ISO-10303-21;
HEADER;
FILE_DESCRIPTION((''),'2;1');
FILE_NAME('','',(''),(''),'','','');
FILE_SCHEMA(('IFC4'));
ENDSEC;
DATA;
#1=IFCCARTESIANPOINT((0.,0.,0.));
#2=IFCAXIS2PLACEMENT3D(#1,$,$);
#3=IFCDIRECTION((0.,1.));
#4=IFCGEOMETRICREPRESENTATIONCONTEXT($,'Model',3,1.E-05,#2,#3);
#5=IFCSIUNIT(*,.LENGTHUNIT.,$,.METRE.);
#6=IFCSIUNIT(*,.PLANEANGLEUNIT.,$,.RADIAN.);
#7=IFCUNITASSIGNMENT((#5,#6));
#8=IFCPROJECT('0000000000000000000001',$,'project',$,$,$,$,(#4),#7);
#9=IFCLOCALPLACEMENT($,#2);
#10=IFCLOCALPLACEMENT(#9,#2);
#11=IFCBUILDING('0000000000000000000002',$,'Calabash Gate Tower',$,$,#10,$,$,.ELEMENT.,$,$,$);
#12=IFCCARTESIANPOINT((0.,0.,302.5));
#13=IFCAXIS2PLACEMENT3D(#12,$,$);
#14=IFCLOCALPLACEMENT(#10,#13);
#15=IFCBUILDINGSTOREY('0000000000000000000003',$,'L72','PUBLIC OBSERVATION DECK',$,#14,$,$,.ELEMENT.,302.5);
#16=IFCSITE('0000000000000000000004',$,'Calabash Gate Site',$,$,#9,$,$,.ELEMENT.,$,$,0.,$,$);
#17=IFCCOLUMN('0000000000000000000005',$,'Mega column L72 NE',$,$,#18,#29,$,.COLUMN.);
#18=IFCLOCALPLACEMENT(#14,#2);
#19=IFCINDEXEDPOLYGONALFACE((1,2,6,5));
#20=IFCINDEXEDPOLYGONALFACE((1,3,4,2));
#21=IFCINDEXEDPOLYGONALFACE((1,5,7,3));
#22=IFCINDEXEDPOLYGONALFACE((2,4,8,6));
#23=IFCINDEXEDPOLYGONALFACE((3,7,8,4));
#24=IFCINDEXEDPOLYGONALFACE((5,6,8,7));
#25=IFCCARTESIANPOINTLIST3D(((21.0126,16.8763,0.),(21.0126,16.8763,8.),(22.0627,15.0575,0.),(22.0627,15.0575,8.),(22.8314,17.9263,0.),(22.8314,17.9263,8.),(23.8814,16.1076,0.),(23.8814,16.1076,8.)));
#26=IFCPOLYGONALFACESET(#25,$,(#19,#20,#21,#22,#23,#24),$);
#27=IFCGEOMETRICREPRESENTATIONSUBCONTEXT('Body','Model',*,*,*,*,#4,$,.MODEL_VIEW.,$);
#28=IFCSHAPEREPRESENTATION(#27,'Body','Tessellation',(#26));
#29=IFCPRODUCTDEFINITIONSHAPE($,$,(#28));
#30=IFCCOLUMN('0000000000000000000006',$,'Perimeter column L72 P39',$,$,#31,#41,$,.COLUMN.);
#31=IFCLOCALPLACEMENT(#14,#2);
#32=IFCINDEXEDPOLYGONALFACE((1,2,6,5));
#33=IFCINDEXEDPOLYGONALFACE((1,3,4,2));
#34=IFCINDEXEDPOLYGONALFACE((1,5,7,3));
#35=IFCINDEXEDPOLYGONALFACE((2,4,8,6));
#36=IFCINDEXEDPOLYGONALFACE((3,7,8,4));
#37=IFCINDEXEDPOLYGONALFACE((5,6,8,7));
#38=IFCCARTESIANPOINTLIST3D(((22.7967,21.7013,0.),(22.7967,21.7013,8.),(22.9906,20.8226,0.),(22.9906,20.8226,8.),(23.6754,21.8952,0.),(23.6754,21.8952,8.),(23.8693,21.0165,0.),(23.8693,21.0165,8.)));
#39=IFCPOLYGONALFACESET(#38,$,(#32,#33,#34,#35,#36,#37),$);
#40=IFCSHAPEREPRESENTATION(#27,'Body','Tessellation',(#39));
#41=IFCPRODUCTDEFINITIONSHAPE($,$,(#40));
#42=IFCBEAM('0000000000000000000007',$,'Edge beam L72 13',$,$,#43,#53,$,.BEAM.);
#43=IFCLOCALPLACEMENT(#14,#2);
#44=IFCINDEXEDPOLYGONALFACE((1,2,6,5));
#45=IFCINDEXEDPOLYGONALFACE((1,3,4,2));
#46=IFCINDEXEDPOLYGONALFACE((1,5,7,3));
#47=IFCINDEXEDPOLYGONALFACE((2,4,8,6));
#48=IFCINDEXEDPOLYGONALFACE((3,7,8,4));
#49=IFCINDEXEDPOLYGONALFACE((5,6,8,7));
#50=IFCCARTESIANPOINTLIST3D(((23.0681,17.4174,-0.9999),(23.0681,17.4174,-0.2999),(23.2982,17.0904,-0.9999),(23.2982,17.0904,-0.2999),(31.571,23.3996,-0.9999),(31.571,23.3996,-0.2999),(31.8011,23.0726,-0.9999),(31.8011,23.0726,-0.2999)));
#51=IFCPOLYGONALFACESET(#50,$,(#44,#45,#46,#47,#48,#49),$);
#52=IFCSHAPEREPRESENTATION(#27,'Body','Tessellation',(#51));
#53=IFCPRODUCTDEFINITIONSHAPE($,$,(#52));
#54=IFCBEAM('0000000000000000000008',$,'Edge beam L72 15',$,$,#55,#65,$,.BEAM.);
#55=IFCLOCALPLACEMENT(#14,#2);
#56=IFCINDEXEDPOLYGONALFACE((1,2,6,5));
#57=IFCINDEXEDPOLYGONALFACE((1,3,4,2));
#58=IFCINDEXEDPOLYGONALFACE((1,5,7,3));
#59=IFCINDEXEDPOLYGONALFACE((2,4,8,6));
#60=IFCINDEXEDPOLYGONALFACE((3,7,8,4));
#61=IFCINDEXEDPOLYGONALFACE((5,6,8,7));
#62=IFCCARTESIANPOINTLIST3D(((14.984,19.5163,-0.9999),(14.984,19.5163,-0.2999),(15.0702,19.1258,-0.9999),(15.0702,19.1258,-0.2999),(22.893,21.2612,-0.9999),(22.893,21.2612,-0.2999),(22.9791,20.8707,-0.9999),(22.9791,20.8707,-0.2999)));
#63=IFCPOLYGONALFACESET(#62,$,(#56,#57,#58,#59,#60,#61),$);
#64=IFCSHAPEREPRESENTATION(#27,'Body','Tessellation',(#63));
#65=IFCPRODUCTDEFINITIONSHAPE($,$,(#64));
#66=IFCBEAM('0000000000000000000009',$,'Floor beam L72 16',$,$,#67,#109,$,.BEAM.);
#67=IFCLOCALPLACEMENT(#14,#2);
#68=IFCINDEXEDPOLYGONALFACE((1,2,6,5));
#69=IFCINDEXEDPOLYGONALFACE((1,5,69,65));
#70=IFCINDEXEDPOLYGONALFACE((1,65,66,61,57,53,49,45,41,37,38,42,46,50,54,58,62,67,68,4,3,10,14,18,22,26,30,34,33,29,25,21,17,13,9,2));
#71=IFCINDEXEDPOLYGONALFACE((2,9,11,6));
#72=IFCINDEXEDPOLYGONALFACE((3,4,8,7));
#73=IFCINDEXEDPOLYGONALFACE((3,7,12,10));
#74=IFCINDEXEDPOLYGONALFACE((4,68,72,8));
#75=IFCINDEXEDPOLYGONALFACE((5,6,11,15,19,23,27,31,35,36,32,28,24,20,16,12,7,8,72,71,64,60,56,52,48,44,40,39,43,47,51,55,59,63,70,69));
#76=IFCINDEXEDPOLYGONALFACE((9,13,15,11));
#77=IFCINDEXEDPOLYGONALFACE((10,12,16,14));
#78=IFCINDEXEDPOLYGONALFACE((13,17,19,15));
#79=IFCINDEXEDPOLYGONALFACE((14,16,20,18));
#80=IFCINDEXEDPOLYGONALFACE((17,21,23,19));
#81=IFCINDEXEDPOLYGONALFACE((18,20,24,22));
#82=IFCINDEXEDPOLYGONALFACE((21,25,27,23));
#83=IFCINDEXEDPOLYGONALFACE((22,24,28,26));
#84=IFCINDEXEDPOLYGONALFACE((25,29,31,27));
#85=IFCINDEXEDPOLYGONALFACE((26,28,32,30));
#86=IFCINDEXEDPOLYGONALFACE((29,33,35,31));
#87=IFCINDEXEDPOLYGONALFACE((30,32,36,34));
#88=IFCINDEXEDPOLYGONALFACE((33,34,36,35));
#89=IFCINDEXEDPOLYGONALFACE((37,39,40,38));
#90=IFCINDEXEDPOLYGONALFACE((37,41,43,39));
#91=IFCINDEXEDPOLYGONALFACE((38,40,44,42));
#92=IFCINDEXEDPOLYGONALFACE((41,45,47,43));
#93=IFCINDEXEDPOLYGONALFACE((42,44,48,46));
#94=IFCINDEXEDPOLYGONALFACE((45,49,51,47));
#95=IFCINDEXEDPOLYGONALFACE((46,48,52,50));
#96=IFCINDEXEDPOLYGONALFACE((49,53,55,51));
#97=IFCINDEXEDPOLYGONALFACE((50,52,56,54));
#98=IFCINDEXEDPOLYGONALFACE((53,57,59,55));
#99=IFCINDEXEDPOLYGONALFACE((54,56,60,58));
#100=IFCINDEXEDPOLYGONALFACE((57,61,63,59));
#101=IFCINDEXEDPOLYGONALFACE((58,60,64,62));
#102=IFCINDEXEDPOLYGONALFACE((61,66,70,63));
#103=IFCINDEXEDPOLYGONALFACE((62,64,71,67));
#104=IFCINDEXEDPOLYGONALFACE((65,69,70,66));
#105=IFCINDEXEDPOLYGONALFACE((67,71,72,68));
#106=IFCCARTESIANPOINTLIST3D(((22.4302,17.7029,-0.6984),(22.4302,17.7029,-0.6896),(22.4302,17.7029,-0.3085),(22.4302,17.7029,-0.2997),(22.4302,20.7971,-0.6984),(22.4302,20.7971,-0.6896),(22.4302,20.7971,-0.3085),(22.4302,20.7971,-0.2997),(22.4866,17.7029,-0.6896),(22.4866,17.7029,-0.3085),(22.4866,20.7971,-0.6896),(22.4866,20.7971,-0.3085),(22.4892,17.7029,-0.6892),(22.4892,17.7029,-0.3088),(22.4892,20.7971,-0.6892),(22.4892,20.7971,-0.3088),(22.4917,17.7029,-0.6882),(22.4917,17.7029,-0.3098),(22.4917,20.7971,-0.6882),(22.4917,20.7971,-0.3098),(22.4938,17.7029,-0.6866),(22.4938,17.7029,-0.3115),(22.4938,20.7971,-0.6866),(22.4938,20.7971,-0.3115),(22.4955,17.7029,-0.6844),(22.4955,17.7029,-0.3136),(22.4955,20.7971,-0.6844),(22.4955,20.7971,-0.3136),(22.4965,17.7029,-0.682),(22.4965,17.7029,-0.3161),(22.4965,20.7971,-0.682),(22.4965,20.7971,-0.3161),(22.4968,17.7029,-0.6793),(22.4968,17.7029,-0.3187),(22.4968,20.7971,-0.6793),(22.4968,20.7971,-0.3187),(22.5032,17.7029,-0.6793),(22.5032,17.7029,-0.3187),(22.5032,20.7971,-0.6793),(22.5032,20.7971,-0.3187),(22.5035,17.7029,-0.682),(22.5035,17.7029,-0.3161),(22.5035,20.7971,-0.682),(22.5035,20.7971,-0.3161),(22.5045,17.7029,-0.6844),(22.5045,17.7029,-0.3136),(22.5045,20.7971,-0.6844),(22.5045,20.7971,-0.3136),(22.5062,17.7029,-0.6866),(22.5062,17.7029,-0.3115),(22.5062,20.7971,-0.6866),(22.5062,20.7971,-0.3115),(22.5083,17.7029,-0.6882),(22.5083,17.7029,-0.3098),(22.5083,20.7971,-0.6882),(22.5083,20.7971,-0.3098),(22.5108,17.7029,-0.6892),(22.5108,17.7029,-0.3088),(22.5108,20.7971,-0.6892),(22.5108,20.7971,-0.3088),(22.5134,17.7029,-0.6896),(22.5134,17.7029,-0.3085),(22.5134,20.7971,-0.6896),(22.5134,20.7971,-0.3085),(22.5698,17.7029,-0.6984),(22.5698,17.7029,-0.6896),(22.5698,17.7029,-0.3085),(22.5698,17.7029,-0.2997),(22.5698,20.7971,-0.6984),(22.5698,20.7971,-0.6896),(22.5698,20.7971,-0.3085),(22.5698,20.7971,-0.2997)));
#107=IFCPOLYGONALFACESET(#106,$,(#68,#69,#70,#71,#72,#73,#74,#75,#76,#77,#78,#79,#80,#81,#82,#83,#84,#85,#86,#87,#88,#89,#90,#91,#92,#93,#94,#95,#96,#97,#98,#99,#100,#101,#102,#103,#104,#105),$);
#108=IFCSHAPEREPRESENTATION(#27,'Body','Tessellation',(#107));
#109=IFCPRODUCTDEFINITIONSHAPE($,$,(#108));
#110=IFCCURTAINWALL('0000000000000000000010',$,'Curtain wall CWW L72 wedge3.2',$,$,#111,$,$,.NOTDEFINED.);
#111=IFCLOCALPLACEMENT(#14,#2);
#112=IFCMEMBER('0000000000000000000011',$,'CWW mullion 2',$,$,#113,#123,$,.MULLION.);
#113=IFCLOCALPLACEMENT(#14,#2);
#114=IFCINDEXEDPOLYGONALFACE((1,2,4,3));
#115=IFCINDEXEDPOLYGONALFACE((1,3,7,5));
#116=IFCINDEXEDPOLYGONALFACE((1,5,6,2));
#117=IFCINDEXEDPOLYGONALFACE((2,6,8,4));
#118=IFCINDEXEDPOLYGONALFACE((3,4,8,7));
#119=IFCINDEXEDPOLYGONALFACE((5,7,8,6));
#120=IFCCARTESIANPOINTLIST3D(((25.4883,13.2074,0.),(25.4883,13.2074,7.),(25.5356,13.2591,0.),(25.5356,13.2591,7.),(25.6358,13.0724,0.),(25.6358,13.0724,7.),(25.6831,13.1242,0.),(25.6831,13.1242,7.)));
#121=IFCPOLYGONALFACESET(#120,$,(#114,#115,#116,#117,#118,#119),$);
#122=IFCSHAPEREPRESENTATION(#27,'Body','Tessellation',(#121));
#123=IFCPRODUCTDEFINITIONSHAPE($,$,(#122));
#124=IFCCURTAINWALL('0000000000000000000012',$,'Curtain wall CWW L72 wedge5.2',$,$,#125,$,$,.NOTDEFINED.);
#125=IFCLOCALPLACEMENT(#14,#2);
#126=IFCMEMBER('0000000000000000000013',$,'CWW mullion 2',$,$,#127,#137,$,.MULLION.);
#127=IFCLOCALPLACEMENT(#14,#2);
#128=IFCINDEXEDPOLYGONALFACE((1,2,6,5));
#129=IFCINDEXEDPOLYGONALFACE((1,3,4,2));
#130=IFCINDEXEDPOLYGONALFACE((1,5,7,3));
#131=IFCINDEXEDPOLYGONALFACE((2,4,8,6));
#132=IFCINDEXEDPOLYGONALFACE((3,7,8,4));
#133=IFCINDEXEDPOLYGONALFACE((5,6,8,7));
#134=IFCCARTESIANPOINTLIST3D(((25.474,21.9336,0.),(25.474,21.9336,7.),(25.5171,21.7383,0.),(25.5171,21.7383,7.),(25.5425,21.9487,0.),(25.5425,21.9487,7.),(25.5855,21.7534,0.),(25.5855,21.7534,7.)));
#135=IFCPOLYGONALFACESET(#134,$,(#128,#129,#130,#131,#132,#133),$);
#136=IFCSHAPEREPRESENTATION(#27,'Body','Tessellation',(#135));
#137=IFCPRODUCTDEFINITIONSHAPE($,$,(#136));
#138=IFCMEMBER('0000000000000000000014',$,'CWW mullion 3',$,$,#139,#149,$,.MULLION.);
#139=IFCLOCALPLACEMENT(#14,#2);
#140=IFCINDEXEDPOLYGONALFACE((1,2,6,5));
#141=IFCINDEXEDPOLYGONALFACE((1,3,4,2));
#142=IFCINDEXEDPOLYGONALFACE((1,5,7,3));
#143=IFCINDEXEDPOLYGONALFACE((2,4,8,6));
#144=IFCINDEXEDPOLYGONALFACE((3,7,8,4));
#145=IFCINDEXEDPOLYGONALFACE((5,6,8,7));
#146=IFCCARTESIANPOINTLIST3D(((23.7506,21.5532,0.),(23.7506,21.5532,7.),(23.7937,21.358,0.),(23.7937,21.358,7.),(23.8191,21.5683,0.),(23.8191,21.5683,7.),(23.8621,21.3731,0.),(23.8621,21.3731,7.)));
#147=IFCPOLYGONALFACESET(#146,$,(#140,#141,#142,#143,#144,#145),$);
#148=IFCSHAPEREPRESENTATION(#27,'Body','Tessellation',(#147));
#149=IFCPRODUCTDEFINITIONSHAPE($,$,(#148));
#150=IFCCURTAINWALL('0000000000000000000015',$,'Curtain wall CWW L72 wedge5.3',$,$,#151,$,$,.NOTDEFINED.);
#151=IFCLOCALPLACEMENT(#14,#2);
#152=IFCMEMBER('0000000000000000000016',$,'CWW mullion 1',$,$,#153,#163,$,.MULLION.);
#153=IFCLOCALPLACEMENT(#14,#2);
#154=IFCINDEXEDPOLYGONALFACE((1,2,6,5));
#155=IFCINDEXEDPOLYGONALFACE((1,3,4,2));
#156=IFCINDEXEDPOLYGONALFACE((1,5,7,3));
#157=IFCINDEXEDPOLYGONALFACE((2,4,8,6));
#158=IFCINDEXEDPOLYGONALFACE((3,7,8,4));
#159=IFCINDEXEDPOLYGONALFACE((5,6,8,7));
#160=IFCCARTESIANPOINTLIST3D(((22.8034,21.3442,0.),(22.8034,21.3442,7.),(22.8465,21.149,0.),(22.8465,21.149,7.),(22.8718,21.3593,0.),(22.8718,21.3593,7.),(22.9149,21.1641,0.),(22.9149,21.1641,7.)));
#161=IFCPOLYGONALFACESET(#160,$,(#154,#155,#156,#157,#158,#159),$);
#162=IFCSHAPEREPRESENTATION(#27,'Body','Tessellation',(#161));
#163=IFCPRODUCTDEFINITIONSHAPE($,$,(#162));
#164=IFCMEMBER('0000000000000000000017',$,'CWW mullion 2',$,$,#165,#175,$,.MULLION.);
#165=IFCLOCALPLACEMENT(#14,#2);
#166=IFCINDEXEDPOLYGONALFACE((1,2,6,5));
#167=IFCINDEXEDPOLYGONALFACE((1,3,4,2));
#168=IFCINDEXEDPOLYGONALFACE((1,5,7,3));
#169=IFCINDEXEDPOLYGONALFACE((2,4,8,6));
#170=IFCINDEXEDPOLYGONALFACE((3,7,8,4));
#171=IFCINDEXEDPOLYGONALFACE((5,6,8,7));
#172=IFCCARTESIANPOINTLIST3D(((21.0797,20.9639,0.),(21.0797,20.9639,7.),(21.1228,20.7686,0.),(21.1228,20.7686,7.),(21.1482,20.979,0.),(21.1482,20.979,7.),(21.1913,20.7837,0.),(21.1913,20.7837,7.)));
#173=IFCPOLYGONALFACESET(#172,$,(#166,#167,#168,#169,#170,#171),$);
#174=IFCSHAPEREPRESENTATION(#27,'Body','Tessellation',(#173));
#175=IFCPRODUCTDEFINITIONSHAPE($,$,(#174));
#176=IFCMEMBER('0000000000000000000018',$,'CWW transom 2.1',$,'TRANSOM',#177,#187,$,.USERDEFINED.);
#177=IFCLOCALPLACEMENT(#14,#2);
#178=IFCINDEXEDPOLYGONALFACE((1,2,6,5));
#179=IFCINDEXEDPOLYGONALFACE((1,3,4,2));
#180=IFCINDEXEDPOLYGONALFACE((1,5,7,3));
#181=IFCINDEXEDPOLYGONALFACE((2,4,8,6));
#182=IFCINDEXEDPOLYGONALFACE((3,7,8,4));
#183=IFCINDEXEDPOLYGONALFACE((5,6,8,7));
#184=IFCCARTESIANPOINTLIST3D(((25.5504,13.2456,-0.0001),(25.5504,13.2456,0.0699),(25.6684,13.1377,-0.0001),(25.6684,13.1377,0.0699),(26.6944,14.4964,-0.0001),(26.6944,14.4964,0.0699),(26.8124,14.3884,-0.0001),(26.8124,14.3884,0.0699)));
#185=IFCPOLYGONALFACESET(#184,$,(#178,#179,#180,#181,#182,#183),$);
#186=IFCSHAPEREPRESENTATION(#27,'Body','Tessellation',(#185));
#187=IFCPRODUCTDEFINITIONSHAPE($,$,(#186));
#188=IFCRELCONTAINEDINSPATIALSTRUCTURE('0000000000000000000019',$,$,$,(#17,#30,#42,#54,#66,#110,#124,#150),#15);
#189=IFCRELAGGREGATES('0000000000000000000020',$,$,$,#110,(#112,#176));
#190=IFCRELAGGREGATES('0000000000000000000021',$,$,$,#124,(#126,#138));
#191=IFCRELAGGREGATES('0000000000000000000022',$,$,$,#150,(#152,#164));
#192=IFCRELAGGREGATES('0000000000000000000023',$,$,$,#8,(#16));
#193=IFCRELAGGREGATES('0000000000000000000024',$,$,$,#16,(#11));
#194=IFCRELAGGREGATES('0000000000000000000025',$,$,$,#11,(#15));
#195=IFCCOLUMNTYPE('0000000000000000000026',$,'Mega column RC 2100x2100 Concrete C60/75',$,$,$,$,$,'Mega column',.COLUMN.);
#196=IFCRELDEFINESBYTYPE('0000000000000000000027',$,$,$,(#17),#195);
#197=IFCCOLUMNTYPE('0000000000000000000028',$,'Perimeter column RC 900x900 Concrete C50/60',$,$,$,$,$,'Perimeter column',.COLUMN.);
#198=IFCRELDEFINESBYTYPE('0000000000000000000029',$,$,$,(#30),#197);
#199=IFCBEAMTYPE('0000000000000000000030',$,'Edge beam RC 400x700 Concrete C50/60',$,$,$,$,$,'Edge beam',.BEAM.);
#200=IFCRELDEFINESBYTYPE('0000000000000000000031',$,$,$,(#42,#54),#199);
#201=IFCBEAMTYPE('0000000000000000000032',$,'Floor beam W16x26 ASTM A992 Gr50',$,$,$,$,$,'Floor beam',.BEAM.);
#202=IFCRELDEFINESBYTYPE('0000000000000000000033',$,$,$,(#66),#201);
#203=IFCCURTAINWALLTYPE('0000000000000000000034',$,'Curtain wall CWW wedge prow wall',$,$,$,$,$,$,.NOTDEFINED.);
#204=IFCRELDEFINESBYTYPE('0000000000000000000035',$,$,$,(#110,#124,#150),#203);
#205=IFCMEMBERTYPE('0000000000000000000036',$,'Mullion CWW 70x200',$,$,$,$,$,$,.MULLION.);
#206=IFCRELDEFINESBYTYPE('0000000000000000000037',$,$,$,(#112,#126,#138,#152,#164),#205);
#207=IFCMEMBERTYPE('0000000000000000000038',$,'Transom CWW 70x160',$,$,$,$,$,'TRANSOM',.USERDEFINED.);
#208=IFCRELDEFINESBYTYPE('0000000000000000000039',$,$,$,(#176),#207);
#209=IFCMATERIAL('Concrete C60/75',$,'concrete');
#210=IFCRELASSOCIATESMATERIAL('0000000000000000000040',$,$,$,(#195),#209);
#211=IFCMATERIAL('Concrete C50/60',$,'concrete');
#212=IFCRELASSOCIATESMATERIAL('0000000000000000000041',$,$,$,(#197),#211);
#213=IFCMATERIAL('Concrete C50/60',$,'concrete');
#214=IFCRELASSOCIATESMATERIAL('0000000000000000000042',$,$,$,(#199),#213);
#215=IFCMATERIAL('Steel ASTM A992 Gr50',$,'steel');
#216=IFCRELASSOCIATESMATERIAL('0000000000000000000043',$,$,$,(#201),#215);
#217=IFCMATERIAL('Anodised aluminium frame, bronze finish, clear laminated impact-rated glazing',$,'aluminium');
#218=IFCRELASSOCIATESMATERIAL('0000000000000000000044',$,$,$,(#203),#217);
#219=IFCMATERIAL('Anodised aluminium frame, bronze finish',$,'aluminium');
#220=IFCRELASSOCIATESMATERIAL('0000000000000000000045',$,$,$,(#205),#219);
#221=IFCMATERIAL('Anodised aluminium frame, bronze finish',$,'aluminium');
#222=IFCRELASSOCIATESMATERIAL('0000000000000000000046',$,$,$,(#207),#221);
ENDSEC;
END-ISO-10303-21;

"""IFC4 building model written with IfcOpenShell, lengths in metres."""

from ifc_helpers import new_model, si_unit, direction, frame, origin, origin_2d, place, context, subcontext, project, spatial, rectangle, i_section, extrude, material, material_profile, profile_set, type_object, element, aggregate, save


model = new_model("IFC4")

# Units and contexts
model_context = context("Model", 3, precision=1e-05, world=origin(), true_north=direction((0.0, 1.0)))
body_context = subcontext(model_context, "Body", "Model", "MODEL_VIEW")
ifc_project = project(units=[si_unit("LENGTHUNIT", "METRE"), si_unit("PLANEANGLEUNIT", "RADIAN")], contexts=[model_context])

# Site, building, storey
site_placement = place(None, origin())
site = spatial("IfcSite", under=ifc_project, at=site_placement, Name="Calabash Gate Site", CompositionType="ELEMENT", RefElevation=0.0)
building_placement = place(site_placement, origin())
building = spatial("IfcBuilding", under=site, at=building_placement, Name="Calabash Gate Tower", CompositionType="ELEMENT")
storey_placement = place(building_placement, frame((0.0, 0.0, 302.5)))
storey = spatial("IfcBuildingStorey", under=building, at=storey_placement, Name="L72", Description="PUBLIC OBSERVATION DECK", CompositionType="ELEMENT", Elevation=302.5)

# Columns
ifc_material_1 = material(Name="Concrete C60/75", Category="concrete")
ifc_material_profile_1 = material_profile(ifc_material_1, rectangle(XDim=2.1001, YDim=2.1001, at=origin_2d()))
ifc_profile_set_1 = profile_set([ifc_material_profile_1], Name="Concrete C60/75")
column_type_1 = type_object("IfcColumnType", Name="Mega column RC 2100x2100 Concrete C60/75", ElementType="Mega column", PredefinedType="COLUMN", material=ifc_profile_set_1)
column_1_placement = place(storey_placement, frame((22.447, 16.4919, 0.0), z_axis=(0.0, 0.0, 1.0), x_axis=(-0.866025, -0.5, 0.0)))
element("IfcColumn", 1, at=column_1_placement, inside=storey, type_object=column_type_1, Name="Mega column L72 NE", PredefinedType="COLUMN", context=body_context, shape_type="SweptSolid", body=[
    extrude(rectangle(XDim=2.1001, YDim=2.1001, at=origin_2d()), origin(), (0.0, 0.0, 1.0), 8.0),
])
ifc_material_2 = material(Name="Concrete C50/60", Category="concrete")
ifc_material_profile_2 = material_profile(ifc_material_2, rectangle(XDim=0.8999, YDim=0.8999, at=origin_2d()))
ifc_profile_set_2 = profile_set([ifc_material_profile_2], Name="Concrete C50/60")
column_type_2 = type_object("IfcColumnType", Name="Perimeter column RC 900x900 Concrete C50/60", ElementType="Perimeter column", PredefinedType="COLUMN", material=ifc_profile_set_2)
column_2_placement = place(storey_placement, frame((23.333, 21.3589, 0.0), z_axis=(0.0, 0.0, 1.0), x_axis=(-0.976511, -0.215468, 0.0)))
element("IfcColumn", 2, at=column_2_placement, inside=storey, type_object=column_type_2, Name="Perimeter column L72 P39", PredefinedType="COLUMN", context=body_context, shape_type="SweptSolid", body=[
    extrude(rectangle(XDim=0.8999, YDim=0.8999, at=origin_2d()), origin(), (0.0, 0.0, 1.0), 8.0),
])

# Beams
ifc_material_3 = material(Name="Concrete C50/60", Category="concrete")
ifc_material_profile_3 = material_profile(ifc_material_3, rectangle(XDim=0.3999, YDim=0.7, at=origin_2d()))
ifc_profile_set_3 = profile_set([ifc_material_profile_3], Name="Concrete C50/60")
beam_type_1 = type_object("IfcBeamType", Name="Edge beam RC 400x700 Concrete C50/60", ElementType="Edge beam", PredefinedType="BEAM", material=ifc_profile_set_3)
beam_1_placement = place(storey_placement, frame((23.1831, 17.2539, -0.6499), z_axis=(0.817868, 0.575406, 0.0), x_axis=(-0.575406, 0.817868, 0.0)))
element("IfcBeam", 3, at=beam_1_placement, inside=storey, type_object=beam_type_1, Name="Edge beam L72 13", PredefinedType="BEAM", context=body_context, shape_type="SweptSolid", body=[
    extrude(rectangle(XDim=0.3999, YDim=0.7, at=origin_2d()), origin(), (0.0, 0.0, 1.0), 10.3965),
])
beam_2_placement = place(storey_placement, frame((22.936, 21.0659, -0.6499), z_axis=(-0.976517, -0.21544, 0.0), x_axis=(0.21544, -0.976517, 0.0)))
element("IfcBeam", 4, at=beam_2_placement, inside=storey, type_object=beam_type_1, Name="Edge beam L72 15", PredefinedType="BEAM", context=body_context, shape_type="SweptSolid", body=[
    extrude(rectangle(XDim=0.3999, YDim=0.7, at=origin_2d()), origin(), (0.0, 0.0, 1.0), 8.0991),
])
ifc_material_4 = material(Name="Steel ASTM A992 Gr50", Category="steel")
ifc_material_profile_4 = material_profile(ifc_material_4, i_section(OverallWidth=0.1396, OverallDepth=0.3987, WebThickness=0.0063, FlangeThickness=0.0088, FilletRadius=0.0103, at=origin_2d()))
ifc_profile_set_4 = profile_set([ifc_material_profile_4], Name="Steel ASTM A992 Gr50")
beam_type_2 = type_object("IfcBeamType", Name="Floor beam W16x26 ASTM A992 Gr50", ElementType="Floor beam", PredefinedType="BEAM", material=ifc_profile_set_4)
beam_3_placement = place(storey_placement, frame((22.5, 17.7029, -0.499), z_axis=(0.0, 1.0, 0.0), x_axis=(-1.0, 0.0, 0.0)))
element("IfcBeam", 5, at=beam_3_placement, inside=storey, type_object=beam_type_2, Name="Floor beam L72 16", PredefinedType="BEAM", context=body_context, shape_type="SweptSolid", body=[
    extrude(i_section(OverallWidth=0.1396, OverallDepth=0.3987, WebThickness=0.0063, FlangeThickness=0.0088, FilletRadius=0.0103, at=origin_2d()), origin(), (0.0, 0.0, 1.0), 3.0942),
])

# Curtain wall, member
ifc_material_5 = material(Name="Anodised aluminium frame, bronze finish, clear laminated impact-rated glazing", Category="aluminium")
curtain_wall_type = type_object("IfcCurtainWallType", Name="Curtain wall CWW wedge prow wall", PredefinedType="NOTDEFINED", material=ifc_material_5)
curtain_wall_1_placement = place(storey_placement, origin())
curtain_wall_1 = element("IfcCurtainWall", 6, at=curtain_wall_1_placement, inside=storey, type_object=curtain_wall_type, Name="Curtain wall CWW L72 wedge3.2", PredefinedType="NOTDEFINED")
ifc_material_6 = material(Name="Anodised aluminium frame, bronze finish", Category="aluminium")
ifc_material_profile_5 = material_profile(ifc_material_6, rectangle(XDim=0.2, YDim=0.0701, at=origin_2d()))
ifc_profile_set_5 = profile_set([ifc_material_profile_5], Name="Anodised aluminium frame, bronze finish")
member_type_1 = type_object("IfcMemberType", Name="Mullion CWW 70x200", PredefinedType="MULLION", material=ifc_profile_set_5)
member_1_placement = place(storey_placement, frame((25.5857, 13.1658, 0.0), z_axis=(0.0, 0.0, 1.0), x_axis=(-0.737949, 0.674856, 0.0)))
member_1 = element("IfcMember", 7, at=member_1_placement, type_object=member_type_1, Name="CWW mullion 2", PredefinedType="MULLION", context=body_context, shape_type="SweptSolid", body=[
    extrude(rectangle(XDim=0.2, YDim=0.0701, at=origin_2d()), origin(), (0.0, 0.0, 1.0), 7.0),
])

# Curtain walls, members
curtain_wall_2_placement = place(storey_placement, origin())
curtain_wall_2 = element("IfcCurtainWall", 8, at=curtain_wall_2_placement, inside=storey, type_object=curtain_wall_type, Name="Curtain wall CWW L72 wedge5.2", PredefinedType="NOTDEFINED")
member_2_placement = place(storey_placement, frame((25.5298, 21.8435, 0.0), z_axis=(0.0, 0.0, 1.0), x_axis=(0.215468, -0.976511, 0.0)))
member_2 = element("IfcMember", 9, at=member_2_placement, type_object=member_type_1, Name="CWW mullion 2", PredefinedType="MULLION", context=body_context, shape_type="SweptSolid", body=[
    extrude(rectangle(XDim=0.2, YDim=0.0701, at=origin_2d()), origin(), (0.0, 0.0, 1.0), 7.0),
])
member_3_placement = place(storey_placement, frame((23.8064, 21.4631, 0.0), z_axis=(0.0, 0.0, 1.0), x_axis=(0.215468, -0.976511, 0.0)))
member_3 = element("IfcMember", 10, at=member_3_placement, type_object=member_type_1, Name="CWW mullion 3", PredefinedType="MULLION", context=body_context, shape_type="SweptSolid", body=[
    extrude(rectangle(XDim=0.2, YDim=0.0701, at=origin_2d()), origin(), (0.0, 0.0, 1.0), 7.0),
])
curtain_wall_3_placement = place(storey_placement, origin())
curtain_wall_3 = element("IfcCurtainWall", 11, at=curtain_wall_3_placement, inside=storey, type_object=curtain_wall_type, Name="Curtain wall CWW L72 wedge5.3", PredefinedType="NOTDEFINED")
member_4_placement = place(storey_placement, frame((22.8591, 21.2542, 0.0), z_axis=(0.0, 0.0, 1.0), x_axis=(0.215468, -0.976511, 0.0)))
member_4 = element("IfcMember", 12, at=member_4_placement, type_object=member_type_1, Name="CWW mullion 1", PredefinedType="MULLION", context=body_context, shape_type="SweptSolid", body=[
    extrude(rectangle(XDim=0.2, YDim=0.0701, at=origin_2d()), origin(), (0.0, 0.0, 1.0), 7.0),
])
member_5_placement = place(storey_placement, frame((21.1355, 20.8738, 0.0), z_axis=(0.0, 0.0, 1.0), x_axis=(0.215468, -0.976511, 0.0)))
member_5 = element("IfcMember", 13, at=member_5_placement, type_object=member_type_1, Name="CWW mullion 2", PredefinedType="MULLION", context=body_context, shape_type="SweptSolid", body=[
    extrude(rectangle(XDim=0.2, YDim=0.0701, at=origin_2d()), origin(), (0.0, 0.0, 1.0), 7.0),
])

# Member
ifc_material_7 = material(Name="Anodised aluminium frame, bronze finish", Category="aluminium")
ifc_material_profile_6 = material_profile(ifc_material_7, rectangle(XDim=0.1599, YDim=0.0701, at=origin_2d()))
ifc_profile_set_6 = profile_set([ifc_material_profile_6], Name="Anodised aluminium frame, bronze finish")
member_type_2 = type_object("IfcMemberType", Name="Transom CWW 70x160", ElementType="TRANSOM", PredefinedType="USERDEFINED", material=ifc_profile_set_6)
member_6_placement = place(storey_placement, frame((25.6094, 13.1917, 0.0349), z_axis=(0.674935, 0.737877, 0.0), x_axis=(-0.737877, 0.674935, 0.0)))
member_6 = element("IfcMember", 14, at=member_6_placement, type_object=member_type_2, Name="CWW transom 2.1", ObjectType="TRANSOM", PredefinedType="USERDEFINED", context=body_context, shape_type="SweptSolid", body=[
    extrude(rectangle(XDim=0.1599, YDim=0.0701, at=origin_2d()), origin(), (0.0, 0.0, 1.0), 1.6951),
])

aggregate(curtain_wall_1, [member_1, member_6])
aggregate(curtain_wall_2, [member_2, member_3])
aggregate(curtain_wall_3, [member_4, member_5])

save(model, "model.ifc")
